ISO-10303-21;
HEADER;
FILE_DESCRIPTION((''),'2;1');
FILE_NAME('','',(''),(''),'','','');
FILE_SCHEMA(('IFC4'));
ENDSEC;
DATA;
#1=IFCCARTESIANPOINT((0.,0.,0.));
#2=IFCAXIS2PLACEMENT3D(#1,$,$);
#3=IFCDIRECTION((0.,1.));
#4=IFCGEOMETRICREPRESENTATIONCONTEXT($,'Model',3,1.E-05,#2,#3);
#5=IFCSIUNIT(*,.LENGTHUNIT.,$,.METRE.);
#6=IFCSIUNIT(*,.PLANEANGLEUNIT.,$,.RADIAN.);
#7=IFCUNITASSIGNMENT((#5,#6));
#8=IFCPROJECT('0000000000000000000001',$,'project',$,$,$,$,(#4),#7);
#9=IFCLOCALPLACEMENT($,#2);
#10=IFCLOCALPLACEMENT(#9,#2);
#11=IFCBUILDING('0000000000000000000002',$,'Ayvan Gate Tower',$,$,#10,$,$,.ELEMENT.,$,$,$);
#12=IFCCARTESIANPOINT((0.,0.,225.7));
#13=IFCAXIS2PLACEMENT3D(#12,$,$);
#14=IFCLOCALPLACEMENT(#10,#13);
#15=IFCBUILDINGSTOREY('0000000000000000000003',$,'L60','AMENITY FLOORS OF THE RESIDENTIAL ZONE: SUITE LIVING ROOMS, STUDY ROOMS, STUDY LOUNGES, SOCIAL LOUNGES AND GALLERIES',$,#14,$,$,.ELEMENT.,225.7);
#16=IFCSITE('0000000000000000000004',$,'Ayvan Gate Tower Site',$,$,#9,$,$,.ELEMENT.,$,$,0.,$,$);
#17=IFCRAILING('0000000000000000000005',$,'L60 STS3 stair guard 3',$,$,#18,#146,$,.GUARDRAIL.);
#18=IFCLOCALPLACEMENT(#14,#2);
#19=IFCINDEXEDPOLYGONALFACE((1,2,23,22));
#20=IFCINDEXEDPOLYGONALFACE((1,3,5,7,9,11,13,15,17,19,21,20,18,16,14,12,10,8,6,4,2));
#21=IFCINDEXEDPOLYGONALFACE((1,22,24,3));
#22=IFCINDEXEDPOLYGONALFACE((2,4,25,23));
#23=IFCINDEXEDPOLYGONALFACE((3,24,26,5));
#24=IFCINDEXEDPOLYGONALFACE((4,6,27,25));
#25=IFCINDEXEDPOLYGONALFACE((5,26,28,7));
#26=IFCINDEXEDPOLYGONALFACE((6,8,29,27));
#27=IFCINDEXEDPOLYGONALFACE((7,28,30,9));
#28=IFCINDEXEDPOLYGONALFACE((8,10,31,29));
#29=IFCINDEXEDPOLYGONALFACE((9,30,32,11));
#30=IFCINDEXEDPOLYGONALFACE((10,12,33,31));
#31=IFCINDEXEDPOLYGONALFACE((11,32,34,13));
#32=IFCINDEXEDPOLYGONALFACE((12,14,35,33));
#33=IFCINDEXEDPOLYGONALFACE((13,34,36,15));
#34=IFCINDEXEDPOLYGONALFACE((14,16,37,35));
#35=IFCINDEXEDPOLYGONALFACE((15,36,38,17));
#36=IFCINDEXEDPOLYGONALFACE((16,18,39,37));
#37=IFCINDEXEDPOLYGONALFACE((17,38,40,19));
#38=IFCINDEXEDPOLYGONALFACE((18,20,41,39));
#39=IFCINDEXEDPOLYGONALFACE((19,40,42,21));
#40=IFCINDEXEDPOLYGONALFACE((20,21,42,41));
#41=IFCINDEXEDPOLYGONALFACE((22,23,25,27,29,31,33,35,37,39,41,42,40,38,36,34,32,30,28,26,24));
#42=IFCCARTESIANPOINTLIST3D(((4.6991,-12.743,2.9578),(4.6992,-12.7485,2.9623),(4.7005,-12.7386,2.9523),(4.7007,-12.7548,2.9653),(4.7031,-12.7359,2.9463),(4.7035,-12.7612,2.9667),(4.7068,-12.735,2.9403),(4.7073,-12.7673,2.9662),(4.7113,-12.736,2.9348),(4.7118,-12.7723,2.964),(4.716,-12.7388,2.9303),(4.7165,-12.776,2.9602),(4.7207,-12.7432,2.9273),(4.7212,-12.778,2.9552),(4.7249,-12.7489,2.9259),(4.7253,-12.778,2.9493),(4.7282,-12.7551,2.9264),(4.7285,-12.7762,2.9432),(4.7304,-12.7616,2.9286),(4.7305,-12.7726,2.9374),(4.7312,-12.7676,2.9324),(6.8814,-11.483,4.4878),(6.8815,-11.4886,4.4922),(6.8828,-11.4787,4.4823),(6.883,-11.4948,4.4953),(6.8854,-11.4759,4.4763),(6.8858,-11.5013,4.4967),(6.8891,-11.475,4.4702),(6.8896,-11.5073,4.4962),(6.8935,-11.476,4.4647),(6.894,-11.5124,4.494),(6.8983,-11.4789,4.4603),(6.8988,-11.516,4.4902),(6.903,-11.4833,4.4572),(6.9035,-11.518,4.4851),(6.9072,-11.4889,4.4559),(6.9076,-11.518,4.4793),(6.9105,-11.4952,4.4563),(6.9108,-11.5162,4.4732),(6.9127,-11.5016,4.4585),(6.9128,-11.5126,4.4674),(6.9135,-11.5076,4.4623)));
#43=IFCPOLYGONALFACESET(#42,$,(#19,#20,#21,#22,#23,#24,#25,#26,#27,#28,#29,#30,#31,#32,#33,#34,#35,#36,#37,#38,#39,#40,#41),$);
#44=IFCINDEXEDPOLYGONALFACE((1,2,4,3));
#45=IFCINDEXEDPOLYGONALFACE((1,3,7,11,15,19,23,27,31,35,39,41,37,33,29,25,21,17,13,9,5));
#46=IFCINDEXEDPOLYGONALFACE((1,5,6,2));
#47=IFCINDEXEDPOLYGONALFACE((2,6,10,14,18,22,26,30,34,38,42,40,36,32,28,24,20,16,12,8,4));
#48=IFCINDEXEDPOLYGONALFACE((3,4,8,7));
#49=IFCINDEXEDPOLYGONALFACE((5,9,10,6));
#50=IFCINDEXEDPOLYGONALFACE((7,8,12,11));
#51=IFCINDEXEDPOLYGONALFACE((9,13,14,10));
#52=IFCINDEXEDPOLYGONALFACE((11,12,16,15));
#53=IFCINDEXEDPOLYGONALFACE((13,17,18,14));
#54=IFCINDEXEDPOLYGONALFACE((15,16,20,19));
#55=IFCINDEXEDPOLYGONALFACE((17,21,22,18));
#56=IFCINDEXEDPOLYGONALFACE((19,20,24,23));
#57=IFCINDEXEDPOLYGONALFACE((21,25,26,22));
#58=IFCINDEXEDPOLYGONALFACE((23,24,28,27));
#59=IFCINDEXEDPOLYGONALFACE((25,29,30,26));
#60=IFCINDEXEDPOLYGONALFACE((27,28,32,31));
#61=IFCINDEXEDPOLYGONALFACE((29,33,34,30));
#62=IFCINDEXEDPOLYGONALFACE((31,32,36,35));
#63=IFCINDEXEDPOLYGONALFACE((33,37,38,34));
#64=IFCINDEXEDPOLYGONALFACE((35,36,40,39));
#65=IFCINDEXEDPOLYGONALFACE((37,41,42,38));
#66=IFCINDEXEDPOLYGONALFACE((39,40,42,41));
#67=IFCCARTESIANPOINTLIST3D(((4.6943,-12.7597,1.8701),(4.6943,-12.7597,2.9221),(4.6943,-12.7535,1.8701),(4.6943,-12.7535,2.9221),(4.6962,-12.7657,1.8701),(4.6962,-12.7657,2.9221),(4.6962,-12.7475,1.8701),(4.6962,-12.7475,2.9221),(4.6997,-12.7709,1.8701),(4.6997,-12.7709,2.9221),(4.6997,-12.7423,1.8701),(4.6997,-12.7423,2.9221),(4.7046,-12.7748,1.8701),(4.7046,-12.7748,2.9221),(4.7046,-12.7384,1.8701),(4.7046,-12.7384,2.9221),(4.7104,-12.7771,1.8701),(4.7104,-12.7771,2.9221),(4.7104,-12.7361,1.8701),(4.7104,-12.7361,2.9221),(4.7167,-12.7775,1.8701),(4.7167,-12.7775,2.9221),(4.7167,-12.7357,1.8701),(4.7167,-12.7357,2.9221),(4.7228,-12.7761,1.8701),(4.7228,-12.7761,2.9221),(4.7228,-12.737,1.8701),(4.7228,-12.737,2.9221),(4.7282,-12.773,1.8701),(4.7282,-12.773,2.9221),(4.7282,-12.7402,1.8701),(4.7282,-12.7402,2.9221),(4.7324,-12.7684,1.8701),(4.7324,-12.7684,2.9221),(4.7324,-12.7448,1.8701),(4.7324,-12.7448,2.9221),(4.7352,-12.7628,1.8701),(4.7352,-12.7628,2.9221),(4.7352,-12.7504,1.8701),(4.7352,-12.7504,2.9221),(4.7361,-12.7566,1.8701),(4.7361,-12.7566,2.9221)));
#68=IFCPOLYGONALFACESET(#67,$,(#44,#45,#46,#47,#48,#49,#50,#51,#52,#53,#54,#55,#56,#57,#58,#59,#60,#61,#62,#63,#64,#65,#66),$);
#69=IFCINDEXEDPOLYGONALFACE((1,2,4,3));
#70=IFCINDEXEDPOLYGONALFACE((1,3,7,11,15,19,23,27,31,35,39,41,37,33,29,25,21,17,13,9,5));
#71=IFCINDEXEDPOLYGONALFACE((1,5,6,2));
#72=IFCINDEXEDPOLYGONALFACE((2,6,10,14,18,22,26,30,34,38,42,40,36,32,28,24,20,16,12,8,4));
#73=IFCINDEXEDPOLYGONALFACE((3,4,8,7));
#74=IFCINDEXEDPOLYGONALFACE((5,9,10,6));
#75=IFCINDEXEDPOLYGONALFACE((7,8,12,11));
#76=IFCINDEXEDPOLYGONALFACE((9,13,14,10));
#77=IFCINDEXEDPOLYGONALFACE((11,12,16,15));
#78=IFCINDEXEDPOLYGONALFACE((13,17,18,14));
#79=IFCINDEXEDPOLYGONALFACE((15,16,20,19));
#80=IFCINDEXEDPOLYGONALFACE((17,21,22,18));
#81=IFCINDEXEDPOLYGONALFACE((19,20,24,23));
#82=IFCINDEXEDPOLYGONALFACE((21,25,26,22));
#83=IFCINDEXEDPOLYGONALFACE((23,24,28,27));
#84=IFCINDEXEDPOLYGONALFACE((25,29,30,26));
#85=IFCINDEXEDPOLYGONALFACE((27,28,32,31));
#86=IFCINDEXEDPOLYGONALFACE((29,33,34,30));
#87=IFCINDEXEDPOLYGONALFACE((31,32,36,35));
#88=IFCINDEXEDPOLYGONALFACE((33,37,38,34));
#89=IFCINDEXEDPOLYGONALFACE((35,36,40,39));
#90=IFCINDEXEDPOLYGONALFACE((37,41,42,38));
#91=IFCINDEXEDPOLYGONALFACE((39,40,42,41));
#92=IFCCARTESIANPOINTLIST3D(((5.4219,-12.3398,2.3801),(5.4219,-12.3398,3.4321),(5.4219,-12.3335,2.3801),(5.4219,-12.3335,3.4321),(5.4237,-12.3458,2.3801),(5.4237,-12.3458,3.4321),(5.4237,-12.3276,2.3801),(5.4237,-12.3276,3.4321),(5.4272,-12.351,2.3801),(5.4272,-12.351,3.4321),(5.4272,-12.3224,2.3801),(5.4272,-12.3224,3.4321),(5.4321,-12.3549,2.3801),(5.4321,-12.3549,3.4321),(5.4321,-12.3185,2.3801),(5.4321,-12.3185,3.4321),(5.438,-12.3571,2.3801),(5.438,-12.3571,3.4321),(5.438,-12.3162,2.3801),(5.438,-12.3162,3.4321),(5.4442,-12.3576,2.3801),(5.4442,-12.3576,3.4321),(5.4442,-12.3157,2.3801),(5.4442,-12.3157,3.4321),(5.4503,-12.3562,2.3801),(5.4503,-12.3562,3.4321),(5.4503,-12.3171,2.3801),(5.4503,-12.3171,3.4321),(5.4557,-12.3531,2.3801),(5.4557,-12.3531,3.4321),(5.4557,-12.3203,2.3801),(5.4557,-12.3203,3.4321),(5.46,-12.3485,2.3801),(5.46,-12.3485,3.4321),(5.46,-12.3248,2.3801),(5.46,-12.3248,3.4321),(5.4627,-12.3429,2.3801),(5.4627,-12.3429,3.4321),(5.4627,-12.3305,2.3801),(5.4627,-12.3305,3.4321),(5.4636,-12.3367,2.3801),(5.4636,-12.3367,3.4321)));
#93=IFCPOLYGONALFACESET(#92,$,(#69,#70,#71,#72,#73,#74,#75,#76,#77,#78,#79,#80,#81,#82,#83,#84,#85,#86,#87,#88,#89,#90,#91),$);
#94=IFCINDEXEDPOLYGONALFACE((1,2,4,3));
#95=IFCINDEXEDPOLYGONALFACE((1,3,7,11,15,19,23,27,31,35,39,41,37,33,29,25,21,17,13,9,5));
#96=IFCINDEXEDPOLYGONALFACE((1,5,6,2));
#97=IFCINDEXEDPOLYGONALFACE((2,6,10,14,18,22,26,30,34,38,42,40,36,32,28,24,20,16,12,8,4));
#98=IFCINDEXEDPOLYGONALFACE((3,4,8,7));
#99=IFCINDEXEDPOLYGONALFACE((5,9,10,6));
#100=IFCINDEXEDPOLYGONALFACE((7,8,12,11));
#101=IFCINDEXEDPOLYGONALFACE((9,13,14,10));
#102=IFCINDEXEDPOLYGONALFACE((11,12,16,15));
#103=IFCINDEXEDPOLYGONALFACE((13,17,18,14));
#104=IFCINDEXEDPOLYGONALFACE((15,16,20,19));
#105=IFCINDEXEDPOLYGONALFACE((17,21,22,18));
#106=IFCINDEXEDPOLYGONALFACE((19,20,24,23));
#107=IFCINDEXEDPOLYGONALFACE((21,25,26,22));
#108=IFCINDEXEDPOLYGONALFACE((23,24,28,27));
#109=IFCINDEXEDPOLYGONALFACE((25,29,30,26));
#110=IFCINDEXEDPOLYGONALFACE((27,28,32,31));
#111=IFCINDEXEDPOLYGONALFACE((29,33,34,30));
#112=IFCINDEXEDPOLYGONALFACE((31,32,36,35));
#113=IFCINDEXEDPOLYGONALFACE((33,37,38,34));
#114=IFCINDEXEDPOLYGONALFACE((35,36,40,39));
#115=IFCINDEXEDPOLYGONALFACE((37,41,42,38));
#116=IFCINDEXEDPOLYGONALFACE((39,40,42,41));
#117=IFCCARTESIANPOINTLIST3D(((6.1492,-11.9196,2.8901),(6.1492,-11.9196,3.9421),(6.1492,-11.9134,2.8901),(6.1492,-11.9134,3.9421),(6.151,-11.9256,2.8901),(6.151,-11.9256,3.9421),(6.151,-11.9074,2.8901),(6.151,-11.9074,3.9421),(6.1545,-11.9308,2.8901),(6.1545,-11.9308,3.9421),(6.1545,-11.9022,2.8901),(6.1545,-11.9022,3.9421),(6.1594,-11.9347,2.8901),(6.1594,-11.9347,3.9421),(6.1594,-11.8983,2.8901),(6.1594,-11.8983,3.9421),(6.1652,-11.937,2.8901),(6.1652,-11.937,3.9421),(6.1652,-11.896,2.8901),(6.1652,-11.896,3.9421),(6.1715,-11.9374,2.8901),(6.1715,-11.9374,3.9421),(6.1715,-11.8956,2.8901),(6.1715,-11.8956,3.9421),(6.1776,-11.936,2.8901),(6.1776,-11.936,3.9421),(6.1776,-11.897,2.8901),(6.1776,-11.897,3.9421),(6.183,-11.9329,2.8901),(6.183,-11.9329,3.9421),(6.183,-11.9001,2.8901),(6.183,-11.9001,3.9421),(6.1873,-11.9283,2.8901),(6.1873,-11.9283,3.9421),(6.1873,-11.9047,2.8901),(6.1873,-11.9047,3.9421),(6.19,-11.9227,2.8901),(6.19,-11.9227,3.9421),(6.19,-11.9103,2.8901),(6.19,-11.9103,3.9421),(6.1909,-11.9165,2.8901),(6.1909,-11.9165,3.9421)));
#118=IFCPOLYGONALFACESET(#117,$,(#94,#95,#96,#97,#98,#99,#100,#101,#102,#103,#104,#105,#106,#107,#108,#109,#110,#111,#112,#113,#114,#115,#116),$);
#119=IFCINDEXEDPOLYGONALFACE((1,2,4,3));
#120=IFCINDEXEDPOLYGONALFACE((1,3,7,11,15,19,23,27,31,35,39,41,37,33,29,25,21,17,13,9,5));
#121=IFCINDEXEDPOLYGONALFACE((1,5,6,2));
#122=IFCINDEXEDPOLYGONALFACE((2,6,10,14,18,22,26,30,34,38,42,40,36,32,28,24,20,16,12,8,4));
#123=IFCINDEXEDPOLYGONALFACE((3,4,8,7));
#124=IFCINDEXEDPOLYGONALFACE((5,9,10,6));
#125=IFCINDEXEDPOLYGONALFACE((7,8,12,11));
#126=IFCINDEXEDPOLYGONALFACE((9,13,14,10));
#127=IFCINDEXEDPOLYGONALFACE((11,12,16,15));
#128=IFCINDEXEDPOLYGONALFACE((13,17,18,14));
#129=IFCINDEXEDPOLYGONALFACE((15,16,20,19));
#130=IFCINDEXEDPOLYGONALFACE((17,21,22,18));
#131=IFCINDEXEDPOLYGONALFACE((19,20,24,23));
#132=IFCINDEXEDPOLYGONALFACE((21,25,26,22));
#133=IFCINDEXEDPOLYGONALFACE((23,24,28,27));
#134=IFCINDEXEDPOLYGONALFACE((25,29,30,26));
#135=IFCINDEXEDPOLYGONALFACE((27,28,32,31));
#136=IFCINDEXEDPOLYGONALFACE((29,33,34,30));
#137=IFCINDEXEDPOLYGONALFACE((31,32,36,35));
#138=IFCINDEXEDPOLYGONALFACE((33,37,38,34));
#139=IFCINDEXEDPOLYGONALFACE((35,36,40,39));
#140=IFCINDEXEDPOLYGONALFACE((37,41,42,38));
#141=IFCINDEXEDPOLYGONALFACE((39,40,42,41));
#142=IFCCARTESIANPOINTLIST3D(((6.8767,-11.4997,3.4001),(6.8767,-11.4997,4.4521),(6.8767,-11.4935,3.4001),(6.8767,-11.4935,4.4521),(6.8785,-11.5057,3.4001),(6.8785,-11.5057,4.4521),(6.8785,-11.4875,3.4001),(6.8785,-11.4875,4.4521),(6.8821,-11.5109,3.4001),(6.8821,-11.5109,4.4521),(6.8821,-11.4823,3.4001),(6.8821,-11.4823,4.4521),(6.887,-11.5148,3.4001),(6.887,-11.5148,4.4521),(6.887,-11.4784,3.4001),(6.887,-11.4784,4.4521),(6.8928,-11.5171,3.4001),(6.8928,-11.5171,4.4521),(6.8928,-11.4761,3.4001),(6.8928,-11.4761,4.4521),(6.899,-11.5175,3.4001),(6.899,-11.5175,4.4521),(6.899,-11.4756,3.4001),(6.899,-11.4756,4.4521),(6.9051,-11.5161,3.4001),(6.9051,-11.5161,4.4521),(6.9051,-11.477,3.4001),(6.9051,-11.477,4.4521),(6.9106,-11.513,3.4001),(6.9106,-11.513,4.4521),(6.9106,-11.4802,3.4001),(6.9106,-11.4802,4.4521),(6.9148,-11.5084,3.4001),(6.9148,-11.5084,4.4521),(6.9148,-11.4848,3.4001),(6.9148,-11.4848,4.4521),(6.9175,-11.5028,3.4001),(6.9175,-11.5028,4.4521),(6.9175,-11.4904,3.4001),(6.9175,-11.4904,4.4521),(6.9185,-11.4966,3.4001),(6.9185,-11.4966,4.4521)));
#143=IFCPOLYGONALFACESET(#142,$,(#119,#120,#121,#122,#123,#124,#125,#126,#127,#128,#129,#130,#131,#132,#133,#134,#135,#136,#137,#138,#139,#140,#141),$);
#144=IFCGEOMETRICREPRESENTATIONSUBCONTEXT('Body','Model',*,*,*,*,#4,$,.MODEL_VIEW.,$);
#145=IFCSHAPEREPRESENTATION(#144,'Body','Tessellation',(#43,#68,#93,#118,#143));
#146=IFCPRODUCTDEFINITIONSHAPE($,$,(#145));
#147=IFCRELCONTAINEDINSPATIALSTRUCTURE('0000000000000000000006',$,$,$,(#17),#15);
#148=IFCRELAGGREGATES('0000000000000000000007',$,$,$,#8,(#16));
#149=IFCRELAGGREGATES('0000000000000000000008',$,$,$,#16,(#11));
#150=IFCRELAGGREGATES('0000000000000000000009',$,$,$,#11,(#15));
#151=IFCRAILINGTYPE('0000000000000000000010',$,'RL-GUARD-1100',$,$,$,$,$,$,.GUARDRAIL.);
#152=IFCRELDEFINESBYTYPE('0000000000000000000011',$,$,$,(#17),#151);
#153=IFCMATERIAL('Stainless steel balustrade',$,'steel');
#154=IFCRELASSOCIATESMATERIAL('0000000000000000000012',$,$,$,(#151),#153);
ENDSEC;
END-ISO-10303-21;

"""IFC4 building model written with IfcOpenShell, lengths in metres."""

from ifc_helpers import new_model, si_unit, direction, frame, origin, origin_2d, place, context, subcontext, project, spatial, circle, extrude, material, type_object, element, save


model = new_model("IFC4")

# Units and contexts
model_context = context("Model", 3, precision=1e-05, world=origin(), true_north=direction((0.0, 1.0)))
body_context = subcontext(model_context, "Body", "Model", "MODEL_VIEW")
ifc_project = project(units=[si_unit("LENGTHUNIT", "METRE"), si_unit("PLANEANGLEUNIT", "RADIAN")], contexts=[model_context])

# Site, building, storey
site_placement = place(None, origin())
site = spatial("IfcSite", under=ifc_project, at=site_placement, Name="Ayvan Gate Tower Site", CompositionType="ELEMENT", RefElevation=0.0)
building_placement = place(site_placement, origin())
building = spatial("IfcBuilding", under=site, at=building_placement, Name="Ayvan Gate Tower", CompositionType="ELEMENT")
storey_placement = place(building_placement, frame((0.0, 0.0, 225.7)))
storey = spatial("IfcBuildingStorey", under=building, at=storey_placement, Name="L60", Description="AMENITY FLOORS OF THE RESIDENTIAL ZONE: SUITE LIVING ROOMS, STUDY ROOMS, STUDY LOUNGES, SOCIAL LOUNGES AND GALLERIES", CompositionType="ELEMENT", Elevation=225.7)

# Railing
ifc_material_1 = material(Name="Stainless steel balustrade", Category="steel")
railing_type_1 = type_object("IfcRailingType", Name="RL-GUARD-1100", PredefinedType="GUARDRAIL", material=ifc_material_1)
railing_1_placement = place(storey_placement, frame((4.7151, -12.7566, 1.8701)))
element("IfcRailing", 1, at=railing_1_placement, inside=storey, type_object=railing_type_1, Name="L60 STS3 stair guard 3", PredefinedType="GUARDRAIL", context=body_context, shape_type="SweptSolid", body=[
    extrude(circle(Radius=0.0239, at=origin_2d()), frame((0.0, 0.0, 1.0762), z_axis=(0.740261, 0.427395, 0.518986), x_axis=(-0.500005, 0.866023, 0.0)), (0.0, 0.0, 1.0), 2.948),
    extrude(circle(Radius=0.021, at=origin_2d()), origin(), (0.0, 0.0, 1.0), 1.052),
    extrude(circle(Radius=0.021, at=origin_2d()), frame((0.7275, 0.4199, 0.51)), (0.0, 0.0, 1.0), 1.052),
    extrude(circle(Radius=0.021, at=origin_2d()), frame((1.4548, 0.8401, 1.02)), (0.0, 0.0, 1.0), 1.052),
    extrude(circle(Radius=0.021, at=origin_2d()), frame((2.1824, 1.26, 1.53)), (0.0, 0.0, 1.0), 1.052),
])

save(model, "model.ifc")
